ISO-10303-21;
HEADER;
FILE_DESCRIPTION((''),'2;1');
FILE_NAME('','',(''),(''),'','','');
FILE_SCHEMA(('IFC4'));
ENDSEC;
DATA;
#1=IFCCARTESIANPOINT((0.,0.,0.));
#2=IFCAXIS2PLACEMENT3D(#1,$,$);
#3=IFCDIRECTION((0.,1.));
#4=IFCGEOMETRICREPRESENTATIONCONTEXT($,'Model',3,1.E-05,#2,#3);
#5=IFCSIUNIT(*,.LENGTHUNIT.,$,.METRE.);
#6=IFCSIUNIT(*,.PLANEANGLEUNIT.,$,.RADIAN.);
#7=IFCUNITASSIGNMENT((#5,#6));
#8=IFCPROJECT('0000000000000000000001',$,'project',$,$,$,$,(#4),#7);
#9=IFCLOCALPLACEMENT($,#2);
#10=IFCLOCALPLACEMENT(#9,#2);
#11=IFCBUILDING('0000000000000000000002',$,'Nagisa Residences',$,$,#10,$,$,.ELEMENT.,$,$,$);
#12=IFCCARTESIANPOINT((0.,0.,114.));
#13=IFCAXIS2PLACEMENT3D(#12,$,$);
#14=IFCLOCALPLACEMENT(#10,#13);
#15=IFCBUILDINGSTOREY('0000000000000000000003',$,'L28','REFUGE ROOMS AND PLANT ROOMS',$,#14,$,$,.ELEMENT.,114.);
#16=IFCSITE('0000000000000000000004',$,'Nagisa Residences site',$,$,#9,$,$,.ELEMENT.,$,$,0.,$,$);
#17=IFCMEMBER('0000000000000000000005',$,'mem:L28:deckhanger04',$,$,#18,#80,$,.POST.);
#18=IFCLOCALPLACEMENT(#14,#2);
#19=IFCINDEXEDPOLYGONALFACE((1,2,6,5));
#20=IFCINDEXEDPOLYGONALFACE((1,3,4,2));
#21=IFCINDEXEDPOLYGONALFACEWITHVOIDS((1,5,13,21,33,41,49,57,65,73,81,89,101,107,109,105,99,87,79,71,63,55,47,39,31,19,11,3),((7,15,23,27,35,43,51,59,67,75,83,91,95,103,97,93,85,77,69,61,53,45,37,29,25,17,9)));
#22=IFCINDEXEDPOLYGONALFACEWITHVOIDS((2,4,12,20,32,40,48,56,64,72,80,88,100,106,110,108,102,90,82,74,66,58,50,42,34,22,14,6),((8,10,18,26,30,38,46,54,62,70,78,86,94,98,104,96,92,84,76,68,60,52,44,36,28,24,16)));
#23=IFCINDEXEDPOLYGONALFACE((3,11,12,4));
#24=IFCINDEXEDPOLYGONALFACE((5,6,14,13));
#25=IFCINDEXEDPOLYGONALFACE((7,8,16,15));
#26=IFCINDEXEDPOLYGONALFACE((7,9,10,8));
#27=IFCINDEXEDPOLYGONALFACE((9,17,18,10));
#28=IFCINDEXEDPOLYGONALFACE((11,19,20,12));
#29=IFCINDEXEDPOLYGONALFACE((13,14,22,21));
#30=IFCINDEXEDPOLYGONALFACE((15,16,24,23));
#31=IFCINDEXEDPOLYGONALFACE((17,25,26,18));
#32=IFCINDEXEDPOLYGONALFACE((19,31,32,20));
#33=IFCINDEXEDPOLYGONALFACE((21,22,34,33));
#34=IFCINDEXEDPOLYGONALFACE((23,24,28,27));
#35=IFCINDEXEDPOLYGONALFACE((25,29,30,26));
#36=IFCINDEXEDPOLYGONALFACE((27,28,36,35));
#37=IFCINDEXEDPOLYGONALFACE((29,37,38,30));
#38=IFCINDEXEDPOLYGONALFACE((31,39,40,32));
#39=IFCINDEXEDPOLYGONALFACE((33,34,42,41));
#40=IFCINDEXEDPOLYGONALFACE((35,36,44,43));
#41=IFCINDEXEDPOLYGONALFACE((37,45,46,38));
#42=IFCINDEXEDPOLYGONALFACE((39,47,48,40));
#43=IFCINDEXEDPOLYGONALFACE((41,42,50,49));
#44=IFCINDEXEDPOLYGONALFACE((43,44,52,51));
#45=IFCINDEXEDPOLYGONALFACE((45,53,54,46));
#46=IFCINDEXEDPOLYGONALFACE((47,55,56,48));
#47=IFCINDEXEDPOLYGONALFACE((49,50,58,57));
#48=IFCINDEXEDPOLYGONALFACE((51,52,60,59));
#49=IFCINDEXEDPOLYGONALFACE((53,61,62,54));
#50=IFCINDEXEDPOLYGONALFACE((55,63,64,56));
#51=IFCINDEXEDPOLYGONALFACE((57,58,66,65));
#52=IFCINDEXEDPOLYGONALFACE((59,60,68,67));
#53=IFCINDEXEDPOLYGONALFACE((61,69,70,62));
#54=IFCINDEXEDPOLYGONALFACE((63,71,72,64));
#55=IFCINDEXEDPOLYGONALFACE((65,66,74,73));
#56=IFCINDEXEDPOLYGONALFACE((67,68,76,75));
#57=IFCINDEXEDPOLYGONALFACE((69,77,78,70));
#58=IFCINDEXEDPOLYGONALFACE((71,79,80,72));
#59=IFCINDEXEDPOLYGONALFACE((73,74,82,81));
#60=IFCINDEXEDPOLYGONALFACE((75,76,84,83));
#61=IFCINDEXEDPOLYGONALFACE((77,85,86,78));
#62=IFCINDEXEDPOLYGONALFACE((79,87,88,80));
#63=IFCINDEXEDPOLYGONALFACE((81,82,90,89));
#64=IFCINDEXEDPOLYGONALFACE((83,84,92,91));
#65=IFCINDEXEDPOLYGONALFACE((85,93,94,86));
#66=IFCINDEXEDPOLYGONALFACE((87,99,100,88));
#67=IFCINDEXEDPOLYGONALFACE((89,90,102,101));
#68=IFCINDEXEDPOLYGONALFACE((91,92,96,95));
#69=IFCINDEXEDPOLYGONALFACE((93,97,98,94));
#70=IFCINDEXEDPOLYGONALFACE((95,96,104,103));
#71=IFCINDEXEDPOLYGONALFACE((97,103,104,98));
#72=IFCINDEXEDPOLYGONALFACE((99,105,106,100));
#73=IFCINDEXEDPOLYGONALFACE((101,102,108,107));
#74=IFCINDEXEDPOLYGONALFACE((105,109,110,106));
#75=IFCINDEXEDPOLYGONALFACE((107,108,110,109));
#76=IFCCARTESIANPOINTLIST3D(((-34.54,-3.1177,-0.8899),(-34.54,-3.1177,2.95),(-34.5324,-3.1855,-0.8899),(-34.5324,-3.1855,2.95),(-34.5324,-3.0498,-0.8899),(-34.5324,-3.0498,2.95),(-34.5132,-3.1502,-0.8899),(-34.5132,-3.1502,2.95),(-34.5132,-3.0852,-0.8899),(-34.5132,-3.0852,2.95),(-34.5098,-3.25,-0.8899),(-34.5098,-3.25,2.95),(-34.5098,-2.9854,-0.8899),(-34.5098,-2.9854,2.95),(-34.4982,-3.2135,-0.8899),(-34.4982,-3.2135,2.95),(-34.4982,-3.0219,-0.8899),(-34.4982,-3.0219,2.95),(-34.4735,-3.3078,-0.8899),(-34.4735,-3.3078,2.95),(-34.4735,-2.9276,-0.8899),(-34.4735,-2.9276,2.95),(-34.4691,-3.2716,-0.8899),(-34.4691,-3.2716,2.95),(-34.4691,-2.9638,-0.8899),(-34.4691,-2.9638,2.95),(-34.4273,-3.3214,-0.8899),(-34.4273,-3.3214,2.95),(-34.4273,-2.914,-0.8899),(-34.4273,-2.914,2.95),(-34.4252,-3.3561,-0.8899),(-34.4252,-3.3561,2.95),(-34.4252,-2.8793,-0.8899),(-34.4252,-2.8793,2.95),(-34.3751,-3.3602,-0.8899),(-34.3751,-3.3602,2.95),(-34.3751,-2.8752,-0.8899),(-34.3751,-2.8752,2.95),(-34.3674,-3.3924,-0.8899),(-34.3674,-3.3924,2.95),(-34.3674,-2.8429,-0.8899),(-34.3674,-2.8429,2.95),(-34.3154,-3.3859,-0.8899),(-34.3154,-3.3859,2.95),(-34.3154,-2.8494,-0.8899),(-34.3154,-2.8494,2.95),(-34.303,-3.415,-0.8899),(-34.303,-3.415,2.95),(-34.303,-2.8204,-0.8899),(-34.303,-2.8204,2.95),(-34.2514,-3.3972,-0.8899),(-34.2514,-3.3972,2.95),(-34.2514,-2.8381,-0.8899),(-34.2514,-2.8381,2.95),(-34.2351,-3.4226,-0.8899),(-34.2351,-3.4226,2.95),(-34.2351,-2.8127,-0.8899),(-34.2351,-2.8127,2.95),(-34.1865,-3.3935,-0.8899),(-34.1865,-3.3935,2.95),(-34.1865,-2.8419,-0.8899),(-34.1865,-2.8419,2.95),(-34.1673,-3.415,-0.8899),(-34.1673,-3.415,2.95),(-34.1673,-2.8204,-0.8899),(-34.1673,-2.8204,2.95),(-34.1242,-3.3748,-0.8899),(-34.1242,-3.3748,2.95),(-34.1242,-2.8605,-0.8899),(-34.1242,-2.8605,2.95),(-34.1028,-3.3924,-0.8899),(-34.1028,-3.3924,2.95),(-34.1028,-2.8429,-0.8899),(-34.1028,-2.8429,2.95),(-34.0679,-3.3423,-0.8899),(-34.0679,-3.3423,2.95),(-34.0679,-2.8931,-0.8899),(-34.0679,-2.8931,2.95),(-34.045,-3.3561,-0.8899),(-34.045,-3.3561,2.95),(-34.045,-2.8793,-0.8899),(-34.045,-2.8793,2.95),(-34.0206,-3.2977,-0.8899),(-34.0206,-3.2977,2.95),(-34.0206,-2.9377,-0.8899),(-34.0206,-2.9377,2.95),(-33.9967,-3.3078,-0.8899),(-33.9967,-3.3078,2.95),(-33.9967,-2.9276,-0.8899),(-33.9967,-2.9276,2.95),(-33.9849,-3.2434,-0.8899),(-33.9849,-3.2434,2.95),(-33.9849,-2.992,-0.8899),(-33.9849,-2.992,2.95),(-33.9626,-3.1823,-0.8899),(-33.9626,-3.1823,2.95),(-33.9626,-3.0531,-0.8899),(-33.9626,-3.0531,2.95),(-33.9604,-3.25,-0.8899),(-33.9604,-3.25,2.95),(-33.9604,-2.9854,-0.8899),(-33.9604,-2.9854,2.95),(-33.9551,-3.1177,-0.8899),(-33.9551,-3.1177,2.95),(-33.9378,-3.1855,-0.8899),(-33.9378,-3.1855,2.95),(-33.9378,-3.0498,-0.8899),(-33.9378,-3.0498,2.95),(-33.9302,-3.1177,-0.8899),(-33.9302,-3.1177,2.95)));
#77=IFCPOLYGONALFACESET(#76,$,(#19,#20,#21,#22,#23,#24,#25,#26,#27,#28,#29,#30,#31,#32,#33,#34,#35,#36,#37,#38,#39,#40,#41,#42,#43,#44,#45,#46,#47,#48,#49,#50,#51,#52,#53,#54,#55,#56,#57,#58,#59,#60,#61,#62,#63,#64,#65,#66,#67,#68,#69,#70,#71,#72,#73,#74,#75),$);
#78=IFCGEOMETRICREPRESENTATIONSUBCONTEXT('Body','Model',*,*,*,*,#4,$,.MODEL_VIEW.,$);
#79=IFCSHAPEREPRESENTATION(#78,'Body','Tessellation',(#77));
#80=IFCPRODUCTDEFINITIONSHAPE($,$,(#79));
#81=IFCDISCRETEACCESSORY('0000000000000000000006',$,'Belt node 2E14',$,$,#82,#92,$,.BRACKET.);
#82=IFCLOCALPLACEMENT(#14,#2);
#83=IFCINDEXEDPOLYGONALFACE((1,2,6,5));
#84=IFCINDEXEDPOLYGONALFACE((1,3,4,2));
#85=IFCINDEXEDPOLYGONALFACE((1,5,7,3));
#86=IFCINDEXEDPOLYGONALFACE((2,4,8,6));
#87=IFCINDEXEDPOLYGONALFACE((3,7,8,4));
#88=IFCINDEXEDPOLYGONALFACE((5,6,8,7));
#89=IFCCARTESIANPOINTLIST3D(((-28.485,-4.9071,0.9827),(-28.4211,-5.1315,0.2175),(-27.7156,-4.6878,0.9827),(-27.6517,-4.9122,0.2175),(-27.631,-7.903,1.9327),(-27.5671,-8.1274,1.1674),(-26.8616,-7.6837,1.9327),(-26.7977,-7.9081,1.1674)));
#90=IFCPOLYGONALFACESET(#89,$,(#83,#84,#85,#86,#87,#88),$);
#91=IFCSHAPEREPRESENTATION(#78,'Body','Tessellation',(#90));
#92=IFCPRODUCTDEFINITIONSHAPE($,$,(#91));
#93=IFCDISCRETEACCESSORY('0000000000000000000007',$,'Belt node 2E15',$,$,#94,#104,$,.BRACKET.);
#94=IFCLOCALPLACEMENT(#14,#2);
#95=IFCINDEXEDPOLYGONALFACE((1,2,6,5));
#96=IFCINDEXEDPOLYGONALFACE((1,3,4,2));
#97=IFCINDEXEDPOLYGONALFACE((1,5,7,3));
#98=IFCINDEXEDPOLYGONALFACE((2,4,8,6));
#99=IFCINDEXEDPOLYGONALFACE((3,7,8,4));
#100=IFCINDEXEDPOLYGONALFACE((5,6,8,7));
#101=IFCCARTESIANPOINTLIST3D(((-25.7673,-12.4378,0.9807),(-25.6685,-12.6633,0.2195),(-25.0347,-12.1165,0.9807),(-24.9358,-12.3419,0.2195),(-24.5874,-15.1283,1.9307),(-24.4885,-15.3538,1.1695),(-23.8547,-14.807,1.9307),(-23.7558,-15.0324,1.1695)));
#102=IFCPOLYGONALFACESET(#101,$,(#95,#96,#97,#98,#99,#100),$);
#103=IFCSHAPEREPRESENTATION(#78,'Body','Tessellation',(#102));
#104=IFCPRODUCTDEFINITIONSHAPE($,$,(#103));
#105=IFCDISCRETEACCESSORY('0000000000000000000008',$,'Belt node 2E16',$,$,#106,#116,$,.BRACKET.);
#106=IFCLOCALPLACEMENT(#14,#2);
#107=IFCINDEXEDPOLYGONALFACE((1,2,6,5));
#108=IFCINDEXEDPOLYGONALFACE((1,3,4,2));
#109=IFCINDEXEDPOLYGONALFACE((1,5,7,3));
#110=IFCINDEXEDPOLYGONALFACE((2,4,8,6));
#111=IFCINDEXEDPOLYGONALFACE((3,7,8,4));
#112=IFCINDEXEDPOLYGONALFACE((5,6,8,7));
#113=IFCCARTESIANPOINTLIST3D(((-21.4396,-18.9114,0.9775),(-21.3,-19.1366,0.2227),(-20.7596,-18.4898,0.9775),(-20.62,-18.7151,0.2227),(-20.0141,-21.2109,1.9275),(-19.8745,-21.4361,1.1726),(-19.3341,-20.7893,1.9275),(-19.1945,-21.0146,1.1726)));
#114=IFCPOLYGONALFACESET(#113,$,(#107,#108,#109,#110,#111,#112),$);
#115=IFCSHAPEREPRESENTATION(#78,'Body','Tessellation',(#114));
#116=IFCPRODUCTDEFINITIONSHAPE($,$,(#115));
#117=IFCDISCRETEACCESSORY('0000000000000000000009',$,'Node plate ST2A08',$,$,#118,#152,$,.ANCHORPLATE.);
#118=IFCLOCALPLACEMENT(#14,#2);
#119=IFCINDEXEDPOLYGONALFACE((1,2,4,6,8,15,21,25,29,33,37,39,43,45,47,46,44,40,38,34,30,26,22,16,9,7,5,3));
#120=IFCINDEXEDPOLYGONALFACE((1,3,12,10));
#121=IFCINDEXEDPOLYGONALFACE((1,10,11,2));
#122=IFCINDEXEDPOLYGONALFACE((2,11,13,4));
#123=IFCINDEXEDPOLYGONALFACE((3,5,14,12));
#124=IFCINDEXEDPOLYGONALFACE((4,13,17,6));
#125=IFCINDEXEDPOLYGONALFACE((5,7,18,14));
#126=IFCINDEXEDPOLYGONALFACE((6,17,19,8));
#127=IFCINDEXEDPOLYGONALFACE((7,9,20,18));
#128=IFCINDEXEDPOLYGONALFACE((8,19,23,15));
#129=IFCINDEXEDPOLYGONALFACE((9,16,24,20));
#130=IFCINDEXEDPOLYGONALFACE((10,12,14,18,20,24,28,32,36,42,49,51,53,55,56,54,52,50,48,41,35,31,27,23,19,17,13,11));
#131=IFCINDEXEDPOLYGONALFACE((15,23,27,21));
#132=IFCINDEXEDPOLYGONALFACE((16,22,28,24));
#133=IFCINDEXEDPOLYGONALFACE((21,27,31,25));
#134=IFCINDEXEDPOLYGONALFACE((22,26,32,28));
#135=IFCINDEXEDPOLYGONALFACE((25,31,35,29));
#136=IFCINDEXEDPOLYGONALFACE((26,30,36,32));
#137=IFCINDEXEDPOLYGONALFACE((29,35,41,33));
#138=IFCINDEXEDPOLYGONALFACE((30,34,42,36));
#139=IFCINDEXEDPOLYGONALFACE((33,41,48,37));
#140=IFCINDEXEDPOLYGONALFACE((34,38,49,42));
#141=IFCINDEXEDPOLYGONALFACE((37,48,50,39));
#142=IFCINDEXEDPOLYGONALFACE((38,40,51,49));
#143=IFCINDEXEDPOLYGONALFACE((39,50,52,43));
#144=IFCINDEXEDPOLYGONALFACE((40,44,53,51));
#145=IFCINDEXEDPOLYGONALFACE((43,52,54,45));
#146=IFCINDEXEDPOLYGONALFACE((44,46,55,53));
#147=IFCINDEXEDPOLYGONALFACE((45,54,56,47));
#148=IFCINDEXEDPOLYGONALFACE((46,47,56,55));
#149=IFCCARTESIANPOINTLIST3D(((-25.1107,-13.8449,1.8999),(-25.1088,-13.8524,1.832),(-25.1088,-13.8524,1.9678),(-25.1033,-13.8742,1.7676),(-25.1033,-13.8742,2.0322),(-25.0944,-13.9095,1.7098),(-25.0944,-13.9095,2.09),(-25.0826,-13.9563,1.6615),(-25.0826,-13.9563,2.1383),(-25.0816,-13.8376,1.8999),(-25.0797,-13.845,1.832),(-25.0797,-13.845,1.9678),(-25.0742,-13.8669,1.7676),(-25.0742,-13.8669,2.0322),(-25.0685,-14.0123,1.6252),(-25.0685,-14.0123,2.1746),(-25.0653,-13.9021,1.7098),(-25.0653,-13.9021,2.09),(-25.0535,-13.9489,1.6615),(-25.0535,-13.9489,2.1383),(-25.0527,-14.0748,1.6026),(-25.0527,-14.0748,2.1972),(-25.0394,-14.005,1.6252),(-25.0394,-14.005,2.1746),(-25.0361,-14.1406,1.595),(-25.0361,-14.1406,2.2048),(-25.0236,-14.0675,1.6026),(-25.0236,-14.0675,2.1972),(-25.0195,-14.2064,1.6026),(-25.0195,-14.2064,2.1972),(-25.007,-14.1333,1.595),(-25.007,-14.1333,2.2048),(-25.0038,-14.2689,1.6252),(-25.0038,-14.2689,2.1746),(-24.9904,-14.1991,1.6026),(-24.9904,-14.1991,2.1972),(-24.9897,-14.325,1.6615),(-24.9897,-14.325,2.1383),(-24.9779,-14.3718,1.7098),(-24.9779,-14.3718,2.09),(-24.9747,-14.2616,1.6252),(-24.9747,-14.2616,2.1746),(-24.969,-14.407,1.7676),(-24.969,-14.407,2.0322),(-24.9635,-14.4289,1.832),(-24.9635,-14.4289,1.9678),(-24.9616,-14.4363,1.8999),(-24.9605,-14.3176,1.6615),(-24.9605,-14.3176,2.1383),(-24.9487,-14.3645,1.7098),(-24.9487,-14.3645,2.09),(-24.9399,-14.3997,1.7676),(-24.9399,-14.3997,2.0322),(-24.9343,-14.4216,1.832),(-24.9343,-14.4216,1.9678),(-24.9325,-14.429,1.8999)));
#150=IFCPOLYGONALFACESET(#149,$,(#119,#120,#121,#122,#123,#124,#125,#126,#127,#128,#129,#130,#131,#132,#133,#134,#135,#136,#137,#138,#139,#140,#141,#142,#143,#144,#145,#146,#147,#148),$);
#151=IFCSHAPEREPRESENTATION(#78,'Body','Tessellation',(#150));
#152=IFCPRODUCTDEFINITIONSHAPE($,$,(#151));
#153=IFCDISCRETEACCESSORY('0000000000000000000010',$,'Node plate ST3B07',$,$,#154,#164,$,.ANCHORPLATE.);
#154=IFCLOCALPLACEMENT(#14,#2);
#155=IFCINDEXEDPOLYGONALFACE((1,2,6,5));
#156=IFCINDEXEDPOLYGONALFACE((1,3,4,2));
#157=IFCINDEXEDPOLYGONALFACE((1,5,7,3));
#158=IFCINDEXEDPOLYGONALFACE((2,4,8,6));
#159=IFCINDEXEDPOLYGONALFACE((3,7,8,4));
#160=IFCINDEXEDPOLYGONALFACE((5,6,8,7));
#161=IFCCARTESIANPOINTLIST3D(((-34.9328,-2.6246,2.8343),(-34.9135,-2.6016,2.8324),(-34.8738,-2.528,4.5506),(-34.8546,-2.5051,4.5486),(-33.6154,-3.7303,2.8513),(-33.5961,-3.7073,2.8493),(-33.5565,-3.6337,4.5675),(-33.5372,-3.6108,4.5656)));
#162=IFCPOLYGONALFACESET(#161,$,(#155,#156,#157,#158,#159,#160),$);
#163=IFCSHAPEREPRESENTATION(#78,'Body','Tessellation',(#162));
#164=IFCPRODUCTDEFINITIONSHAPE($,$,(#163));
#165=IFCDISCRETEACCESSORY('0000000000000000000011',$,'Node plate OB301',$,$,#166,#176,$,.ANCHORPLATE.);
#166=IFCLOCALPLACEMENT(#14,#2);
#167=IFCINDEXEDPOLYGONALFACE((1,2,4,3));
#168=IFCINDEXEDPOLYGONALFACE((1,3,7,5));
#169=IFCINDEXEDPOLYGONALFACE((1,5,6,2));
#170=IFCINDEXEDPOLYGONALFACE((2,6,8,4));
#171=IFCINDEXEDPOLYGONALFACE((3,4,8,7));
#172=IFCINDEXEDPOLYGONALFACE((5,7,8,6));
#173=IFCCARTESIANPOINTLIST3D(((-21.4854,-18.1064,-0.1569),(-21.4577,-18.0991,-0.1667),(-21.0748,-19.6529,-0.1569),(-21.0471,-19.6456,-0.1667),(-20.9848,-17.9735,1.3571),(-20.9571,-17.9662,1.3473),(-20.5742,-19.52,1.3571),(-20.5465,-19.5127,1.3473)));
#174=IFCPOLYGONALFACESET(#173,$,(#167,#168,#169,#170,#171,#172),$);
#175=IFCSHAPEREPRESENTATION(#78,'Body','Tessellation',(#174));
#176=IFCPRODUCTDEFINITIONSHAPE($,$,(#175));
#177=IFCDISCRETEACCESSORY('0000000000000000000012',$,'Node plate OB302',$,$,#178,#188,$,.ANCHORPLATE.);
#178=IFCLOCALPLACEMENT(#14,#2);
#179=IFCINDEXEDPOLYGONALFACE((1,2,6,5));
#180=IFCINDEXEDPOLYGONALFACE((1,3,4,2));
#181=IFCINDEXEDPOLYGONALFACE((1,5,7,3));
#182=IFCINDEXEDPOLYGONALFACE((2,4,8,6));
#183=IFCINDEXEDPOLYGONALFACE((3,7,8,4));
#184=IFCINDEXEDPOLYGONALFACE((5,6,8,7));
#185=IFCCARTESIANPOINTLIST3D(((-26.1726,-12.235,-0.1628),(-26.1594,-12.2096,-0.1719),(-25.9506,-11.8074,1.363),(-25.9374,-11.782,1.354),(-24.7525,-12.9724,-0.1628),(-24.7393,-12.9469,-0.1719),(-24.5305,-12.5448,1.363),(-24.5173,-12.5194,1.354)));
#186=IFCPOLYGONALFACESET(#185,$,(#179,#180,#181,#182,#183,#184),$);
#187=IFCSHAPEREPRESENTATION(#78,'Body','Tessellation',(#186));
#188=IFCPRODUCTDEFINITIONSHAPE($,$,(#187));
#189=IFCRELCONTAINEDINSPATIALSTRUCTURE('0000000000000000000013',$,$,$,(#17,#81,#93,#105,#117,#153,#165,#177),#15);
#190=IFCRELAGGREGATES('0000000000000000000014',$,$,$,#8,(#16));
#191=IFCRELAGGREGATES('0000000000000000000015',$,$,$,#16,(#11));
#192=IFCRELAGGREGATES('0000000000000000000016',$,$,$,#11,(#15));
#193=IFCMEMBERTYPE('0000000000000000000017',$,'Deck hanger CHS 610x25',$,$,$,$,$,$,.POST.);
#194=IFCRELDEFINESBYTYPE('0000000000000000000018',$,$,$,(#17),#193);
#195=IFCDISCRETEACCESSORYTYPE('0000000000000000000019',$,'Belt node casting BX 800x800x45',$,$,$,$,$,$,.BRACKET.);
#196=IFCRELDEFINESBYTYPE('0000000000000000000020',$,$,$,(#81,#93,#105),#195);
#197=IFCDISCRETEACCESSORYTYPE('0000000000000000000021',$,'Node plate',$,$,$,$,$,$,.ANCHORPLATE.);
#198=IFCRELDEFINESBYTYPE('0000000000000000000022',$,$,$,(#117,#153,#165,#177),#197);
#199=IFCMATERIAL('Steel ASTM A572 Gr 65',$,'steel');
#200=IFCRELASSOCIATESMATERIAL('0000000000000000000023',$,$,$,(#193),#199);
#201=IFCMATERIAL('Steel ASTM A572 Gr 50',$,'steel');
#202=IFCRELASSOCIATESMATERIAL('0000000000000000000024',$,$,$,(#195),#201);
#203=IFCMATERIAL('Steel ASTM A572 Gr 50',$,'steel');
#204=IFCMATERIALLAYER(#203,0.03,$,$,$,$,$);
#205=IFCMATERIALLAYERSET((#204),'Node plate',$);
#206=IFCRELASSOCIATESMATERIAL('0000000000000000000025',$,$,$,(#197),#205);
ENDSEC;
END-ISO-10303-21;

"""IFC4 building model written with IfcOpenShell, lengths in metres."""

from ifc_helpers import new_model, si_unit, direction, frame, origin, origin_2d, place, context, subcontext, project, spatial, rectangle, circle, hollow_circle, extrude, material, layer, layer_set, material_profile, profile_set, type_object, element, save


model = new_model("IFC4")

# Units and contexts
model_context = context("Model", 3, precision=1e-05, world=origin(), true_north=direction((0.0, 1.0)))
body_context = subcontext(model_context, "Body", "Model", "MODEL_VIEW")
ifc_project = project(units=[si_unit("LENGTHUNIT", "METRE"), si_unit("PLANEANGLEUNIT", "RADIAN")], contexts=[model_context])

# Site, building, storey
site_placement = place(None, origin())
site = spatial("IfcSite", under=ifc_project, at=site_placement, Name="Nagisa Residences site", CompositionType="ELEMENT", RefElevation=0.0)
building_placement = place(site_placement, origin())
building = spatial("IfcBuilding", under=site, at=building_placement, Name="Nagisa Residences", CompositionType="ELEMENT")
storey_placement = place(building_placement, frame((0.0, 0.0, 114.0)))
storey = spatial("IfcBuildingStorey", under=building, at=storey_placement, Name="L28", Description="REFUGE ROOMS AND PLANT ROOMS", CompositionType="ELEMENT", Elevation=114.0)

# Member
ifc_material_1 = material(Name="Steel ASTM A572 Gr 65", Category="steel")
ifc_material_profile_1 = material_profile(ifc_material_1, hollow_circle(Radius=0.3049, WallThickness=0.0249, at=origin_2d()), Name="CHS 610x25")
ifc_profile_set_1 = profile_set([ifc_material_profile_1], Name="Steel ASTM A572 Gr 65")
member_type_1 = type_object("IfcMemberType", Name="Deck hanger CHS 610x25", PredefinedType="POST", material=ifc_profile_set_1)
member_1_placement = place(storey_placement, frame((-34.2351, -3.1177, 2.95), z_axis=(0.0, 0.0, -1.0), x_axis=(1.0, 0.0, 0.0)))
element("IfcMember", 1, at=member_1_placement, inside=storey, type_object=member_type_1, Name="mem:L28:deckhanger04", PredefinedType="POST", context=body_context, shape_type="SweptSolid", body=[
    extrude(hollow_circle(Radius=0.3049, WallThickness=0.0249, at=origin_2d()), origin(), (0.0, 0.0, 1.0), 3.8398),
])

# Discrete accessories
ifc_material_2 = material(Name="Steel ASTM A572 Gr 50", Category="steel")
discrete_accessory_type_1 = type_object("IfcDiscreteAccessoryType", Name="Belt node casting BX 800x800x45", PredefinedType="BRACKET", material=ifc_material_2)
discrete_accessory_1_placement = place(storey_placement, frame((-28.0684, -4.9097, 0.6001), z_axis=(0.262221, -0.919871, 0.291681), x_axis=(0.961689, 0.274141, 0.0)))
element("IfcDiscreteAccessory", 2, at=discrete_accessory_1_placement, inside=storey, type_object=discrete_accessory_type_1, Name="Belt node 2E14", PredefinedType="BRACKET", context=body_context, shape_type="SweptSolid", body=[
    extrude(rectangle(XDim=0.8, YDim=0.8, at=origin_2d()), origin(), (0.0, 0.0, 1.0), 3.2568),
])
discrete_accessory_2_placement = place(storey_placement, frame((-25.3516, -12.3899, 0.6001), z_axis=(0.382156, -0.871376, 0.30767), x_axis=(0.915798, 0.401638, 0.0)))
element("IfcDiscreteAccessory", 3, at=discrete_accessory_2_placement, inside=storey, type_object=discrete_accessory_type_1, Name="Belt node 2E15", PredefinedType="BRACKET", context=body_context, shape_type="SweptSolid", body=[
    extrude(rectangle(XDim=0.8, YDim=0.8, at=origin_2d()), origin(), (0.0, 0.0, 1.0), 3.0876),
])
discrete_accessory_3_placement = place(storey_placement, frame((-21.0298, -18.8132, 0.6001), z_axis=(0.497136, -0.80194, 0.331282), x_axis=(0.849934, 0.526889, 0.0)))
element("IfcDiscreteAccessory", 4, at=discrete_accessory_3_placement, inside=storey, type_object=discrete_accessory_type_1, Name="Belt node 2E16", PredefinedType="BRACKET", context=body_context, shape_type="SweptSolid", body=[
    extrude(rectangle(XDim=0.8, YDim=0.8, at=origin_2d()), origin(), (0.0, 0.0, 1.0), 2.8674),
])
ifc_material_3 = material(Name="Steel ASTM A572 Gr 50", Category="steel")
ifc_layer = layer(ifc_material_3, 0.03)
ifc_layer_set = layer_set([ifc_layer], Name="Node plate")
discrete_accessory_type_2 = type_object("IfcDiscreteAccessoryType", Name="Node plate", PredefinedType="ANCHORPLATE", material=ifc_layer_set)
discrete_accessory_4_placement = place(storey_placement, frame((-25.0361, -14.1406, 1.8999), z_axis=(0.969661, 0.244452, 0.0), x_axis=(-0.244452, 0.969661, 0.0)))
element("IfcDiscreteAccessory", 5, at=discrete_accessory_4_placement, inside=storey, type_object=discrete_accessory_type_2, Name="Node plate ST2A08", PredefinedType="ANCHORPLATE", context=body_context, shape_type="SweptSolid", body=[
    extrude(circle(Radius=0.3049, at=origin_2d()), origin(), (0.0, 0.0, 1.0), 0.03),
])
discrete_accessory_5_placement = place(storey_placement, frame((-34.2253, -3.1062, 3.699), z_axis=(-0.642022, -0.763925, 0.065015), x_axis=(0.765921, -0.642859, 0.009873)))
element("IfcDiscreteAccessory", 6, at=discrete_accessory_5_placement, inside=storey, type_object=discrete_accessory_type_2, Name="Node plate ST3B07", PredefinedType="ANCHORPLATE", context=body_context, shape_type="SweptSolid", body=[
    extrude(rectangle(XDim=1.72, YDim=1.72, at=origin_2d()), origin(), (0.0, 0.0, 1.0), 0.03),
])
discrete_accessory_6_placement = place(storey_placement, frame((-21.0298, -18.8132, 0.6001), z_axis=(0.914478, 0.242782, -0.323709), x_axis=(-0.256598, 0.966518, 0.0)))
element("IfcDiscreteAccessory", 7, at=discrete_accessory_6_placement, inside=storey, type_object=discrete_accessory_type_2, Name="Node plate OB301", PredefinedType="ANCHORPLATE", context=body_context, shape_type="SweptSolid", body=[
    extrude(rectangle(XDim=1.6001, YDim=1.6001, at=origin_2d()), origin(), (0.0, 0.0, 1.0), 0.0303),
])
discrete_accessory_7_placement = place(storey_placement, frame((-25.3516, -12.3899, 0.6001), z_axis=(0.439431, 0.846312, -0.301092), x_axis=(-0.887496, 0.460815, 0.0)))
element("IfcDiscreteAccessory", 8, at=discrete_accessory_7_placement, inside=storey, type_object=discrete_accessory_type_2, Name="Node plate OB302", PredefinedType="ANCHORPLATE", context=body_context, shape_type="SweptSolid", body=[
    extrude(rectangle(XDim=1.6001, YDim=1.6001, at=origin_2d()), origin(), (0.0, 0.0, 1.0), 0.03),
])

save(model, "model.ifc")
